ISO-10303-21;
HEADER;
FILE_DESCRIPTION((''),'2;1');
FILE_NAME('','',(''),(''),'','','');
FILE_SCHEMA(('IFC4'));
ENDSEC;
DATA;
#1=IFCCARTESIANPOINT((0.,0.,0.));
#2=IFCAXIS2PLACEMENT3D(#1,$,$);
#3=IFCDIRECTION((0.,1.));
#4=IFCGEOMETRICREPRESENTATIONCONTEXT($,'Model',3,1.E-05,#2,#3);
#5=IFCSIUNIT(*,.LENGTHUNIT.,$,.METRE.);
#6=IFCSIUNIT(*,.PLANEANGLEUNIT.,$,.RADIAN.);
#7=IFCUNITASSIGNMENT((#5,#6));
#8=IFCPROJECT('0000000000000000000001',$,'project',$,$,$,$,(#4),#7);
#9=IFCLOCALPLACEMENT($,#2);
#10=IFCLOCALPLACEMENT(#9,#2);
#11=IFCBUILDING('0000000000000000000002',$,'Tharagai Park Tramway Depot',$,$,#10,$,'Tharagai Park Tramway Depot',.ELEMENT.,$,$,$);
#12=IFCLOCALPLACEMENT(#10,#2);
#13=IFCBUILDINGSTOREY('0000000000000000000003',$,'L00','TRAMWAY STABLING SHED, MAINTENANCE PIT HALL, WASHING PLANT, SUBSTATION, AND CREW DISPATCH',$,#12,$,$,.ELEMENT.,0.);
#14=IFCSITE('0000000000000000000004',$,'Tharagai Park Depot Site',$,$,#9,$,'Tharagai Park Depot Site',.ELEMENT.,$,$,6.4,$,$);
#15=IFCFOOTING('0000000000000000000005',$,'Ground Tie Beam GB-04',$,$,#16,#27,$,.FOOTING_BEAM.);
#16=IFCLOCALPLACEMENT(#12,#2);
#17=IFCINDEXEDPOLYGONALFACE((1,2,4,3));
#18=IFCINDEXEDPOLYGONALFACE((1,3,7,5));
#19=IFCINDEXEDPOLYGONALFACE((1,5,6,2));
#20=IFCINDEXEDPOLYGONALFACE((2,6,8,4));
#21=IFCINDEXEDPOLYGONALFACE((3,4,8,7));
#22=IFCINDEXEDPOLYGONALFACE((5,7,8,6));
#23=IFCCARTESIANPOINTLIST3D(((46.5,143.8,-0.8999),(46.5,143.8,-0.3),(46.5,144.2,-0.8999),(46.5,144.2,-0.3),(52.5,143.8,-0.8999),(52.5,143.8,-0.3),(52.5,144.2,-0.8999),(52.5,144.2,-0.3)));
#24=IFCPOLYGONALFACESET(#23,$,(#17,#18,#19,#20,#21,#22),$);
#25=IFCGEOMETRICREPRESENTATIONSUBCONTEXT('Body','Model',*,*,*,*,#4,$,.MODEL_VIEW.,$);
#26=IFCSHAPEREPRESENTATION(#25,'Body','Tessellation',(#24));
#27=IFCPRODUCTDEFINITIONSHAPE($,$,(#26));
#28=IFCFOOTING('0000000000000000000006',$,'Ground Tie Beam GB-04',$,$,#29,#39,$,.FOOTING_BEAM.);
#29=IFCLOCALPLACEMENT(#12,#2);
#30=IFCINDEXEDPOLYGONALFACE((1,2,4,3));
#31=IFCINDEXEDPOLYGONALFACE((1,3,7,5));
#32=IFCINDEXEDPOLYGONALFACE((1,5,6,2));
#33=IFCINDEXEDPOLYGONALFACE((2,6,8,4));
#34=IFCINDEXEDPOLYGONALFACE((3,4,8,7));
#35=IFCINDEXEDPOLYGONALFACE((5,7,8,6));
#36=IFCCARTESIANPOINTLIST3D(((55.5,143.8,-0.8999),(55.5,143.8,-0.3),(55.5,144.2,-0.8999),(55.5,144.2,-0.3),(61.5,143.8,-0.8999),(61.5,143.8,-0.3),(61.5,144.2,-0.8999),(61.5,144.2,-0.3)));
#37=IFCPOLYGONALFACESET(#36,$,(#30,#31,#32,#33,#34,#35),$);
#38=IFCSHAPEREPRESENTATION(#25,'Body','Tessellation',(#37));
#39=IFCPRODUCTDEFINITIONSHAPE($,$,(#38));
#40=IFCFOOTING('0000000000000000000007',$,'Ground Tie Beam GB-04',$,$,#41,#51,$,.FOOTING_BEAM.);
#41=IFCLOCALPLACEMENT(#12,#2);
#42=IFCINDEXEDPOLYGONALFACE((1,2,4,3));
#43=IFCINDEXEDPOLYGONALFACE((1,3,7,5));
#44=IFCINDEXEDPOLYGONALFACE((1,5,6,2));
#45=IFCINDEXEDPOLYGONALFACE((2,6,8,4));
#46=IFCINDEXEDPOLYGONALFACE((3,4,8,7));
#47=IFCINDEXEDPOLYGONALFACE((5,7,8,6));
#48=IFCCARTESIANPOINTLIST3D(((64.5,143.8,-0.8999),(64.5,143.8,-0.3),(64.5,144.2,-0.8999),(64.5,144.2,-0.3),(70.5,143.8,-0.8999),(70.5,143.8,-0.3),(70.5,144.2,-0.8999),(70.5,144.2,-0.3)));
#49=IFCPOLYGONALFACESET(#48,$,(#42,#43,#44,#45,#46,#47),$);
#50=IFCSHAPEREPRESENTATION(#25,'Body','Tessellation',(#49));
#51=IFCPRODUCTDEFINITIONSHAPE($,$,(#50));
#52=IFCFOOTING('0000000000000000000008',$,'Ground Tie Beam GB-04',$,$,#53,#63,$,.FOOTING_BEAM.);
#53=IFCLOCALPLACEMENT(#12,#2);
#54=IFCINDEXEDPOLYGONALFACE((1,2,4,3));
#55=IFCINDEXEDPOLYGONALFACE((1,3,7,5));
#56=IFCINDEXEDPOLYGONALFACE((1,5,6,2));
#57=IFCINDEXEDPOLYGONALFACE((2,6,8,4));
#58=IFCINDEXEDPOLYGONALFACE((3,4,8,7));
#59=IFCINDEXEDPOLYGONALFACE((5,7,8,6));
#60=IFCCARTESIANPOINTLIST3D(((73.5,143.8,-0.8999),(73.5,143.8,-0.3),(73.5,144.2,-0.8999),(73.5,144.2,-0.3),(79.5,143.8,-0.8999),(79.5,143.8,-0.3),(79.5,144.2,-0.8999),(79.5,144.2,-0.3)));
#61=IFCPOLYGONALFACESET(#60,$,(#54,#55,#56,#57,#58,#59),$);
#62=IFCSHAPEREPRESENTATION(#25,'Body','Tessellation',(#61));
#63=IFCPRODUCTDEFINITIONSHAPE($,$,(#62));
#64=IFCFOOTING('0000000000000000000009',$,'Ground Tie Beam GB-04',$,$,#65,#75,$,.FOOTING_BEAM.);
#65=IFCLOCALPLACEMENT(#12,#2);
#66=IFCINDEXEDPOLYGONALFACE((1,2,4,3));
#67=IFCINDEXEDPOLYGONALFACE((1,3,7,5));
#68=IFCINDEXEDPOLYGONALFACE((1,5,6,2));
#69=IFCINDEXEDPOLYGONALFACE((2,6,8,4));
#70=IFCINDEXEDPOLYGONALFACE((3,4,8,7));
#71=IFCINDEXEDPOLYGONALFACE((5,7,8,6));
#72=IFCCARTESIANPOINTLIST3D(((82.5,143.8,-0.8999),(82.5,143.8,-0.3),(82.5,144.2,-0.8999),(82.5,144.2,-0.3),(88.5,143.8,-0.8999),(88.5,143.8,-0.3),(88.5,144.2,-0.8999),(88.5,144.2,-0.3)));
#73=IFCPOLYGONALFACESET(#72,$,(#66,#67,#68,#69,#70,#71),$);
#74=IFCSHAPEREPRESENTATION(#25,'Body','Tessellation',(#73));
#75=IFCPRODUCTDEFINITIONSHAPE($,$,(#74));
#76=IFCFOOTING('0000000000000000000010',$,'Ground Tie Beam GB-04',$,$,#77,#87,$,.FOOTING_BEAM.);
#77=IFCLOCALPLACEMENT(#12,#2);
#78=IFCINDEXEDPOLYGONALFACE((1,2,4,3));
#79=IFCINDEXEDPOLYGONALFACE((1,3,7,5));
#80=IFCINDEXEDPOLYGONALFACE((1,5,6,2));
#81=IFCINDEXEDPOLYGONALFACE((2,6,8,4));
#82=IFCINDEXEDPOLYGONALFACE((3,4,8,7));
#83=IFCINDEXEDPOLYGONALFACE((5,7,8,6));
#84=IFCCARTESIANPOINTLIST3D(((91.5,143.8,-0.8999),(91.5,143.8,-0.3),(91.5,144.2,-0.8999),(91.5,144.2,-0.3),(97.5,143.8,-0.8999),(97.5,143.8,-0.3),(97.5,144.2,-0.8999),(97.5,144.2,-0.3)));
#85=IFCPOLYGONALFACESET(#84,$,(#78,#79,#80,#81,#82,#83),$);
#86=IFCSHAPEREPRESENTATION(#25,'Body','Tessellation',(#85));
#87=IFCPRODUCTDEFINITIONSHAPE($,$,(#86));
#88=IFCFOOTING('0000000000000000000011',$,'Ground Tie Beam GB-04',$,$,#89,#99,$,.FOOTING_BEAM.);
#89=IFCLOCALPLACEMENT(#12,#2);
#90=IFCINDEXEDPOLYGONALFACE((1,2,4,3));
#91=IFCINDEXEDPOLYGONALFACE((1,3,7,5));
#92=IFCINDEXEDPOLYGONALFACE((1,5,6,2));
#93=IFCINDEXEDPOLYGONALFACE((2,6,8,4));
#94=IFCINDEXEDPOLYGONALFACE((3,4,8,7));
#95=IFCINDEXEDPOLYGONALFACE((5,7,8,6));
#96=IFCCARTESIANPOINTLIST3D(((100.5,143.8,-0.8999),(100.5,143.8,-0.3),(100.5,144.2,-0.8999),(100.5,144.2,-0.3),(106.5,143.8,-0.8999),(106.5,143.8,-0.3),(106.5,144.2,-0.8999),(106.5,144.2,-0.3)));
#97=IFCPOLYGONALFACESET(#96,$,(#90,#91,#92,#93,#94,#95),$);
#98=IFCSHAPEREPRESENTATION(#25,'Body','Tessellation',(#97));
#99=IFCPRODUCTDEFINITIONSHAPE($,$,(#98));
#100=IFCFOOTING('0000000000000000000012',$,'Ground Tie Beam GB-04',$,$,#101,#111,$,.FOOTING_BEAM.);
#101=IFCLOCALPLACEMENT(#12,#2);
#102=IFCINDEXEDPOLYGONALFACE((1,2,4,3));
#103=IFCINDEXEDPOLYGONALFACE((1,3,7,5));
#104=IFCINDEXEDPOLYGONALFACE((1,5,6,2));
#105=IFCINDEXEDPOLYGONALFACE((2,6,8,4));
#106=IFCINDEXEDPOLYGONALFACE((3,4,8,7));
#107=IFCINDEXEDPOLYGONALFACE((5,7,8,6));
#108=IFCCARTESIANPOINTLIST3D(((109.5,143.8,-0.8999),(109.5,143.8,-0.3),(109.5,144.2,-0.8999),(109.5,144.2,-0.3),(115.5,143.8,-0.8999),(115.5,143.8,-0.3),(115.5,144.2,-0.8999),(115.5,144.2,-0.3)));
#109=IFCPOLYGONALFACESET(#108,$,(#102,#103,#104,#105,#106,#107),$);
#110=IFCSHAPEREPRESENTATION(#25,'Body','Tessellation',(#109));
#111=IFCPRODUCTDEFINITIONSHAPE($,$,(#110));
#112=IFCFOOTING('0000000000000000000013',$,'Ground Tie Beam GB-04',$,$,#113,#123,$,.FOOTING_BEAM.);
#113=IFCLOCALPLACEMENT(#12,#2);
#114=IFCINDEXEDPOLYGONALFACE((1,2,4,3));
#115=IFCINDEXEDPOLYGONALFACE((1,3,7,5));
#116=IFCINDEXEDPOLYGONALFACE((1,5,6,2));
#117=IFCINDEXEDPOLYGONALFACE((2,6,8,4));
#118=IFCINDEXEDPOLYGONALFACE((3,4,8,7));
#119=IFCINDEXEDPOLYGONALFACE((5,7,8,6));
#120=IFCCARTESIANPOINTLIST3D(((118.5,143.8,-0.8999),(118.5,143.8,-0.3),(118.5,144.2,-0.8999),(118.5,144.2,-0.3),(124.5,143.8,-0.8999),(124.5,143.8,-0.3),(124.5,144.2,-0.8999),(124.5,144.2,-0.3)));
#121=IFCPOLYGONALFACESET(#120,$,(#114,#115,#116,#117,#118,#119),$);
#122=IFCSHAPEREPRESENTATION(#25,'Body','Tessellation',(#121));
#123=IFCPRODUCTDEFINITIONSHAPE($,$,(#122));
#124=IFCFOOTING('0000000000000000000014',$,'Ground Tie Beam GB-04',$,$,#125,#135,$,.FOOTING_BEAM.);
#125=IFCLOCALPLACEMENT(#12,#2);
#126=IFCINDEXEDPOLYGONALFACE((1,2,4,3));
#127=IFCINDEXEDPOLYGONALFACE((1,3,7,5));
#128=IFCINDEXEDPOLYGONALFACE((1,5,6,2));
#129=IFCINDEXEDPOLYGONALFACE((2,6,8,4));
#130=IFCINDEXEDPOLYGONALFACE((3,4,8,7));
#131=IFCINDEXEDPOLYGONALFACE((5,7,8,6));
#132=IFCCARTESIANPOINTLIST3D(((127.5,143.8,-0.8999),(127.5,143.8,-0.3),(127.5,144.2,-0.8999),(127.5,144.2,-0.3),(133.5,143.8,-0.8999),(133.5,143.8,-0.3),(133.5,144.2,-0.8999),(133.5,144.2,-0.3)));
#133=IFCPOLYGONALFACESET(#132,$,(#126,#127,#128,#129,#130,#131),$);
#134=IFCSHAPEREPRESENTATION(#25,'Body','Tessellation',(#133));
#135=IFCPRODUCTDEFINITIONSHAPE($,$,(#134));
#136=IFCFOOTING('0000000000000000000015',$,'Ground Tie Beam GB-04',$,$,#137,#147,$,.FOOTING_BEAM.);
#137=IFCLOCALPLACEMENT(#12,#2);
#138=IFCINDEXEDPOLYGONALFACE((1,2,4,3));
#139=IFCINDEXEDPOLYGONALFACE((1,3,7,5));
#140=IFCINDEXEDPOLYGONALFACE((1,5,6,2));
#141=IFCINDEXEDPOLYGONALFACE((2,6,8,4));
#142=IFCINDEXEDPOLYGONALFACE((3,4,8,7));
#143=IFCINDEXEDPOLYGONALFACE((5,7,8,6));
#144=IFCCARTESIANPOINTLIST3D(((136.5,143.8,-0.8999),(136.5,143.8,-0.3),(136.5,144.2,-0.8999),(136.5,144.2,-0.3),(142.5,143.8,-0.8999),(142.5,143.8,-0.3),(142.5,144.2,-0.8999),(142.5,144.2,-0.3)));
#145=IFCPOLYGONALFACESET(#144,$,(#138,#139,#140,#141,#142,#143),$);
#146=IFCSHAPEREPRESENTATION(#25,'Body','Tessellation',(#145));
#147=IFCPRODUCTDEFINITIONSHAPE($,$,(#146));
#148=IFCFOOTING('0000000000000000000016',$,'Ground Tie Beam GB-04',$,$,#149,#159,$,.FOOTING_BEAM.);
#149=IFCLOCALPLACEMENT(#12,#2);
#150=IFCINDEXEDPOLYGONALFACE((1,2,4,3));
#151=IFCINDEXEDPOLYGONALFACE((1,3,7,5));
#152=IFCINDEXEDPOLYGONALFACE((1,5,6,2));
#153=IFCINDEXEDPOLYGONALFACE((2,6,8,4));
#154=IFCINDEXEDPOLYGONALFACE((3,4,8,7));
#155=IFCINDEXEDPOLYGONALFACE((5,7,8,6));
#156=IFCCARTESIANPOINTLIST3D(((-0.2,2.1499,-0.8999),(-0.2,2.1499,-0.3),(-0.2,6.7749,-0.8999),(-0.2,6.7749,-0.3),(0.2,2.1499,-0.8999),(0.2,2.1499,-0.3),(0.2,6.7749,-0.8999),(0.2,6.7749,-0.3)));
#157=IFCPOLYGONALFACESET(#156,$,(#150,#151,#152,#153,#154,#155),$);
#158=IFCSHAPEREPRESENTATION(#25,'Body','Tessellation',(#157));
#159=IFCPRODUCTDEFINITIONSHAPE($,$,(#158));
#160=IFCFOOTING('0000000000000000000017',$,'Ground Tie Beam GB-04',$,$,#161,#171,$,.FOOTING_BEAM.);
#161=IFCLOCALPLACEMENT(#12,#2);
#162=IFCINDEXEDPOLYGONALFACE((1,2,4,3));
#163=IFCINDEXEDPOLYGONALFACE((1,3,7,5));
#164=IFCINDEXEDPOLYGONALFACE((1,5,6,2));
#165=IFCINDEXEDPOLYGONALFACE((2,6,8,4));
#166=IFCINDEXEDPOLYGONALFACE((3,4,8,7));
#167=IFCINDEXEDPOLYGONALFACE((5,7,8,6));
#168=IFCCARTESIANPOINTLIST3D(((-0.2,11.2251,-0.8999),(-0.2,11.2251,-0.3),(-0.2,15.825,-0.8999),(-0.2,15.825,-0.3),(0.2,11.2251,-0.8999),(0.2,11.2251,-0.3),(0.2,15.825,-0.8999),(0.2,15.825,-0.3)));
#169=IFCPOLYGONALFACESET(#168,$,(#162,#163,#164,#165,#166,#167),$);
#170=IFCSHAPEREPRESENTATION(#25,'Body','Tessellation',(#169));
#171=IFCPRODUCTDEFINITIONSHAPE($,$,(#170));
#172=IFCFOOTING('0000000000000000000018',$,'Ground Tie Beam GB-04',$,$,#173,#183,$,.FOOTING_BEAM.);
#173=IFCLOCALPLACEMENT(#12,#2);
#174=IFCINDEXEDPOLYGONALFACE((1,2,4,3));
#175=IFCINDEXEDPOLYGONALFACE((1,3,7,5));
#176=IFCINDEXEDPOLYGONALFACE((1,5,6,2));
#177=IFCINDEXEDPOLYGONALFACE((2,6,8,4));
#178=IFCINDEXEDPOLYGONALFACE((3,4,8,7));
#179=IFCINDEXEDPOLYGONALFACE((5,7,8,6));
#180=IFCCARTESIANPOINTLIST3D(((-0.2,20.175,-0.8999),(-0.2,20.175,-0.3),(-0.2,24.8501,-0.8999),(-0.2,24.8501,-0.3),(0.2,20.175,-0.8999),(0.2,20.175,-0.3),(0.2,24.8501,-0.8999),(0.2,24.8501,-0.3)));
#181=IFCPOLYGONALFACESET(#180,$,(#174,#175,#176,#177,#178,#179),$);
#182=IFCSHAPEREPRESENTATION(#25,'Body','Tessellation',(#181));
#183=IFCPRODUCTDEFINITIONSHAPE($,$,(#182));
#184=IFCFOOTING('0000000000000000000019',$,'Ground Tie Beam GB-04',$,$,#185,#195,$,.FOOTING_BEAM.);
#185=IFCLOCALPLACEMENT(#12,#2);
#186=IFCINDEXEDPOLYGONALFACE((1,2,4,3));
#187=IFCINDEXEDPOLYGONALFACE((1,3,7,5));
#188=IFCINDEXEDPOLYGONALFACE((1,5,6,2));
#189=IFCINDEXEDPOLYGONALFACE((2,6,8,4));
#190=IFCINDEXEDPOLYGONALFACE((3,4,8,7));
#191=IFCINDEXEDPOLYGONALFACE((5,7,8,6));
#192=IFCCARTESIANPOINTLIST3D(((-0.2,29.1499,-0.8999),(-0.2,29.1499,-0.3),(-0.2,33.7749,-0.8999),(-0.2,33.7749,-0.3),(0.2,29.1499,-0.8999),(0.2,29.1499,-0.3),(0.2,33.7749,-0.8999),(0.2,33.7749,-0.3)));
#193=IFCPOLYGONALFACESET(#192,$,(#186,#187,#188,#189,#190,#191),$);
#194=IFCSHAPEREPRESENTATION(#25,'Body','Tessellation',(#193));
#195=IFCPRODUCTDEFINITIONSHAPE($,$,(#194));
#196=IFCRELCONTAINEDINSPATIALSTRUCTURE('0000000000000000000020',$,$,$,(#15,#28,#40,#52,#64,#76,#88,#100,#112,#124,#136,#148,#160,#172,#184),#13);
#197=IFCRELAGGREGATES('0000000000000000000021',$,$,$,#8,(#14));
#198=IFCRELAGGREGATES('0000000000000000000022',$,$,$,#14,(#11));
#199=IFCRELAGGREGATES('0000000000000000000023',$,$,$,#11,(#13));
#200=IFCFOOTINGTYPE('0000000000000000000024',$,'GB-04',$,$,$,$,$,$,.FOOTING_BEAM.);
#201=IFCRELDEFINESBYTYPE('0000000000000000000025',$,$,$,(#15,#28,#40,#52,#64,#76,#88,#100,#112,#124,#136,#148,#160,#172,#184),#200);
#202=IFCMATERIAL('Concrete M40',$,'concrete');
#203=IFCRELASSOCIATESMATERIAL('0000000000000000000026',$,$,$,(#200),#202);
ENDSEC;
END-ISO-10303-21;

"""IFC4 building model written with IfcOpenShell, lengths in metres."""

from ifc_helpers import new_model, si_unit, direction, frame, origin, place, context, subcontext, project, spatial, polyline, outline, extrude, material, type_object, element, save


model = new_model("IFC4")

# Units and contexts
model_context = context("Model", 3, precision=1e-05, world=origin(), true_north=direction((0.0, 1.0)))
body_context = subcontext(model_context, "Body", "Model", "MODEL_VIEW")
ifc_project = project(units=[si_unit("LENGTHUNIT", "METRE"), si_unit("PLANEANGLEUNIT", "RADIAN")], contexts=[model_context])

# Site, building, storey
site_placement = place(None, origin())
site = spatial("IfcSite", under=ifc_project, at=site_placement, Name="Tharagai Park Depot Site", LongName="Tharagai Park Depot Site", CompositionType="ELEMENT", RefElevation=6.4)
building_placement = place(site_placement, origin())
building = spatial("IfcBuilding", under=site, at=building_placement, Name="Tharagai Park Tramway Depot", LongName="Tharagai Park Tramway Depot", CompositionType="ELEMENT")
storey_placement = place(building_placement, origin())
storey = spatial("IfcBuildingStorey", under=building, at=storey_placement, Name="L00", Description="TRAMWAY STABLING SHED, MAINTENANCE PIT HALL, WASHING PLANT, SUBSTATION, AND CREW DISPATCH", CompositionType="ELEMENT", Elevation=0.0)

# Footings
ifc_material = material(Name="Concrete M40", Category="concrete")
footing_type = type_object("IfcFootingType", Name="GB-04", PredefinedType="FOOTING_BEAM", material=ifc_material)
footing_1_placement = place(storey_placement, frame((0.0, 0.0, -0.8999)))
element("IfcFooting", 1, at=footing_1_placement, inside=storey, type_object=footing_type, Name="Ground Tie Beam GB-04", PredefinedType="FOOTING_BEAM", context=body_context, shape_type="SweptSolid", body=[
    extrude(outline(polyline([(46.5, 143.8), (52.5, 143.8), (52.5, 144.2), (46.5, 144.2), (46.5, 143.8)])), origin(), (0.0, 0.0, 1.0), 0.5999),
])
footing_2_placement = place(storey_placement, frame((0.0, 0.0, -0.8999)))
element("IfcFooting", 2, at=footing_2_placement, inside=storey, type_object=footing_type, Name="Ground Tie Beam GB-04", PredefinedType="FOOTING_BEAM", context=body_context, shape_type="SweptSolid", body=[
    extrude(outline(polyline([(55.5, 143.8), (61.5, 143.8), (61.5, 144.2), (55.5, 144.2), (55.5, 143.8)])), origin(), (0.0, 0.0, 1.0), 0.5999),
])
footing_3_placement = place(storey_placement, frame((0.0, 0.0, -0.8999)))
element("IfcFooting", 3, at=footing_3_placement, inside=storey, type_object=footing_type, Name="Ground Tie Beam GB-04", PredefinedType="FOOTING_BEAM", context=body_context, shape_type="SweptSolid", body=[
    extrude(outline(polyline([(64.5, 143.8), (70.5, 143.8), (70.5, 144.2), (64.5, 144.2), (64.5, 143.8)])), origin(), (0.0, 0.0, 1.0), 0.5999),
])
footing_4_placement = place(storey_placement, frame((0.0, 0.0, -0.8999)))
element("IfcFooting", 4, at=footing_4_placement, inside=storey, type_object=footing_type, Name="Ground Tie Beam GB-04", PredefinedType="FOOTING_BEAM", context=body_context, shape_type="SweptSolid", body=[
    extrude(outline(polyline([(73.5, 143.8), (79.5, 143.8), (79.5, 144.2), (73.5, 144.2), (73.5, 143.8)])), origin(), (0.0, 0.0, 1.0), 0.5999),
])
footing_5_placement = place(storey_placement, frame((0.0, 0.0, -0.8999)))
element("IfcFooting", 5, at=footing_5_placement, inside=storey, type_object=footing_type, Name="Ground Tie Beam GB-04", PredefinedType="FOOTING_BEAM", context=body_context, shape_type="SweptSolid", body=[
    extrude(outline(polyline([(82.5, 143.8), (88.5, 143.8), (88.5, 144.2), (82.5, 144.2), (82.5, 143.8)])), origin(), (0.0, 0.0, 1.0), 0.5999),
])
footing_6_placement = place(storey_placement, frame((0.0, 0.0, -0.8999)))
element("IfcFooting", 6, at=footing_6_placement, inside=storey, type_object=footing_type, Name="Ground Tie Beam GB-04", PredefinedType="FOOTING_BEAM", context=body_context, shape_type="SweptSolid", body=[
    extrude(outline(polyline([(91.5, 143.8), (97.5, 143.8), (97.5, 144.2), (91.5, 144.2), (91.5, 143.8)])), origin(), (0.0, 0.0, 1.0), 0.5999),
])
footing_7_placement = place(storey_placement, frame((0.0, 0.0, -0.8999)))
element("IfcFooting", 7, at=footing_7_placement, inside=storey, type_object=footing_type, Name="Ground Tie Beam GB-04", PredefinedType="FOOTING_BEAM", context=body_context, shape_type="SweptSolid", body=[
    extrude(outline(polyline([(100.5, 143.8), (106.5, 143.8), (106.5, 144.2), (100.5, 144.2), (100.5, 143.8)])), origin(), (0.0, 0.0, 1.0), 0.5999),
])
footing_8_placement = place(storey_placement, frame((0.0, 0.0, -0.8999)))
element("IfcFooting", 8, at=footing_8_placement, inside=storey, type_object=footing_type, Name="Ground Tie Beam GB-04", PredefinedType="FOOTING_BEAM", context=body_context, shape_type="SweptSolid", body=[
    extrude(outline(polyline([(109.5, 143.8), (115.5, 143.8), (115.5, 144.2), (109.5, 144.2), (109.5, 143.8)])), origin(), (0.0, 0.0, 1.0), 0.5999),
])
footing_9_placement = place(storey_placement, frame((0.0, 0.0, -0.8999)))
element("IfcFooting", 9, at=footing_9_placement, inside=storey, type_object=footing_type, Name="Ground Tie Beam GB-04", PredefinedType="FOOTING_BEAM", context=body_context, shape_type="SweptSolid", body=[
    extrude(outline(polyline([(118.5, 143.8), (124.5, 143.8), (124.5, 144.2), (118.5, 144.2), (118.5, 143.8)])), origin(), (0.0, 0.0, 1.0), 0.5999),
])
footing_10_placement = place(storey_placement, frame((0.0, 0.0, -0.8999)))
element("IfcFooting", 10, at=footing_10_placement, inside=storey, type_object=footing_type, Name="Ground Tie Beam GB-04", PredefinedType="FOOTING_BEAM", context=body_context, shape_type="SweptSolid", body=[
    extrude(outline(polyline([(127.5, 143.8), (133.5, 143.8), (133.5, 144.2), (127.5, 144.2), (127.5, 143.8)])), origin(), (0.0, 0.0, 1.0), 0.5999),
])
footing_11_placement = place(storey_placement, frame((0.0, 0.0, -0.8999)))
element("IfcFooting", 11, at=footing_11_placement, inside=storey, type_object=footing_type, Name="Ground Tie Beam GB-04", PredefinedType="FOOTING_BEAM", context=body_context, shape_type="SweptSolid", body=[
    extrude(outline(polyline([(136.5, 143.8), (142.5, 143.8), (142.5, 144.2), (136.5, 144.2), (136.5, 143.8)])), origin(), (0.0, 0.0, 1.0), 0.5999),
])
footing_12_placement = place(storey_placement, frame((0.0, 0.0, -0.8999)))
element("IfcFooting", 12, at=footing_12_placement, inside=storey, type_object=footing_type, Name="Ground Tie Beam GB-04", PredefinedType="FOOTING_BEAM", context=body_context, shape_type="SweptSolid", body=[
    extrude(outline(polyline([(-0.2, 2.1499), (0.2, 2.1499), (0.2, 6.7749), (-0.2, 6.7749), (-0.2, 2.1499)])), origin(), (0.0, 0.0, 1.0), 0.5999),
])
footing_13_placement = place(storey_placement, frame((0.0, 0.0, -0.8999)))
element("IfcFooting", 13, at=footing_13_placement, inside=storey, type_object=footing_type, Name="Ground Tie Beam GB-04", PredefinedType="FOOTING_BEAM", context=body_context, shape_type="SweptSolid", body=[
    extrude(outline(polyline([(-0.2, 11.2251), (0.2, 11.2251), (0.2, 15.825), (-0.2, 15.825), (-0.2, 11.2251)])), origin(), (0.0, 0.0, 1.0), 0.5999),
])
footing_14_placement = place(storey_placement, frame((0.0, 0.0, -0.8999)))
element("IfcFooting", 14, at=footing_14_placement, inside=storey, type_object=footing_type, Name="Ground Tie Beam GB-04", PredefinedType="FOOTING_BEAM", context=body_context, shape_type="SweptSolid", body=[
    extrude(outline(polyline([(-0.2, 20.175), (0.2, 20.175), (0.2, 24.8501), (-0.2, 24.8501), (-0.2, 20.175)])), origin(), (0.0, 0.0, 1.0), 0.5999),
])
footing_15_placement = place(storey_placement, frame((0.0, 0.0, -0.8999)))
element("IfcFooting", 15, at=footing_15_placement, inside=storey, type_object=footing_type, Name="Ground Tie Beam GB-04", PredefinedType="FOOTING_BEAM", context=body_context, shape_type="SweptSolid", body=[
    extrude(outline(polyline([(-0.2, 29.1499), (0.2, 29.1499), (0.2, 33.7749), (-0.2, 33.7749), (-0.2, 29.1499)])), origin(), (0.0, 0.0, 1.0), 0.5999),
])

save(model, "model.ifc")
